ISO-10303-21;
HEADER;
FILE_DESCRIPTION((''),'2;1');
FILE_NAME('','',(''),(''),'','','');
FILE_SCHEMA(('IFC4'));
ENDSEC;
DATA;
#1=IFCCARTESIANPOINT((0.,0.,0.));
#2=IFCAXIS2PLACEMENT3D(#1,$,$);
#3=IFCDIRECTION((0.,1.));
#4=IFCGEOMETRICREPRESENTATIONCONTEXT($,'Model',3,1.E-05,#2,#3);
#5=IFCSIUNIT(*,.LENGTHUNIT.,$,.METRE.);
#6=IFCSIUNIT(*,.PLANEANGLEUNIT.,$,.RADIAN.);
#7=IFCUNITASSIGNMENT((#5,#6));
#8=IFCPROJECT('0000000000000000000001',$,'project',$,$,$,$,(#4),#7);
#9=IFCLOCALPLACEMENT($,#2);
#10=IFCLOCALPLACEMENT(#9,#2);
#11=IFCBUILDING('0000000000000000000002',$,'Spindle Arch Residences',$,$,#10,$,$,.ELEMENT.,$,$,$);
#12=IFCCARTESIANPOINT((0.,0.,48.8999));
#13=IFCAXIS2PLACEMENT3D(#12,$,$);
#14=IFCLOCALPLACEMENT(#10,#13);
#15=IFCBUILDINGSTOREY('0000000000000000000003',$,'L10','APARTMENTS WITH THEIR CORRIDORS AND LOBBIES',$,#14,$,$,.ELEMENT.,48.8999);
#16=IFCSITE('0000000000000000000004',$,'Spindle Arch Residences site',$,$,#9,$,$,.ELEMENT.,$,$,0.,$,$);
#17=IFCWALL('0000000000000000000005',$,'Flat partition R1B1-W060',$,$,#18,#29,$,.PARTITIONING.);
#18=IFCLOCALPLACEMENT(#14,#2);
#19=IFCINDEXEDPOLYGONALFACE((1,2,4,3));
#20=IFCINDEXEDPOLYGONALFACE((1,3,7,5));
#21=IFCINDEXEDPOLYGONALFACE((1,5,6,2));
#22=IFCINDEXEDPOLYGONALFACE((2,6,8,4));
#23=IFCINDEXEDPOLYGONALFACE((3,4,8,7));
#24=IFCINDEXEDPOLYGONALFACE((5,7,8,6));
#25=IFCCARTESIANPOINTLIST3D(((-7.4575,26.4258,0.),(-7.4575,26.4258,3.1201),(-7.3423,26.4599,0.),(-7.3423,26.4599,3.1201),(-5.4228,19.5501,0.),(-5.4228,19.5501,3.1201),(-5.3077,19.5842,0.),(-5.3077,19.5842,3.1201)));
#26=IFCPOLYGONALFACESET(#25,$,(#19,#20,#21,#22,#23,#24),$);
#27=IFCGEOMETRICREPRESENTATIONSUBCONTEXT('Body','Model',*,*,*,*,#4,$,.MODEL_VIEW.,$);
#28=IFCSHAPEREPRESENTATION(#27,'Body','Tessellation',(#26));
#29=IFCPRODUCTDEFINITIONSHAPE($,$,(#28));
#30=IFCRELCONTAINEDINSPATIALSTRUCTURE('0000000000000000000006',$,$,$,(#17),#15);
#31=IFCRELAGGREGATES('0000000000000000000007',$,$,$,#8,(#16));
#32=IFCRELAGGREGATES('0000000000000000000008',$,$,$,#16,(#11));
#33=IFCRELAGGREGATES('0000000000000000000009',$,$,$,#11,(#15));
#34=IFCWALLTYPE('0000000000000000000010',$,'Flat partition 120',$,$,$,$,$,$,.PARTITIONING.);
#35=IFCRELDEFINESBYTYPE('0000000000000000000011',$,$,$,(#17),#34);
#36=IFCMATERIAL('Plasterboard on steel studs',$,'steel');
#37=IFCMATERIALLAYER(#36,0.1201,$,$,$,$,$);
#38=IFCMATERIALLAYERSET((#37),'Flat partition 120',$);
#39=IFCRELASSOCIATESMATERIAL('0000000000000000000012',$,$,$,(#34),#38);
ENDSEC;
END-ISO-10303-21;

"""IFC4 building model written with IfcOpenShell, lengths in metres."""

from ifc_helpers import new_model, si_unit, direction, frame, frame_2d, origin, place, context, subcontext, project, spatial, rectangle, extrude, material, layer, layer_set, type_object, element, save


model = new_model("IFC4")

# Units and contexts
model_context = context("Model", 3, precision=1e-05, world=origin(), true_north=direction((0.0, 1.0)))
body_context = subcontext(model_context, "Body", "Model", "MODEL_VIEW")
ifc_project = project(units=[si_unit("LENGTHUNIT", "METRE"), si_unit("PLANEANGLEUNIT", "RADIAN")], contexts=[model_context])

# Site, building, storey
site_placement = place(None, origin())
site = spatial("IfcSite", under=ifc_project, at=site_placement, Name="Spindle Arch Residences site", CompositionType="ELEMENT", RefElevation=0.0)
building_placement = place(site_placement, origin())
building = spatial("IfcBuilding", under=site, at=building_placement, Name="Spindle Arch Residences", CompositionType="ELEMENT")
storey_placement = place(building_placement, frame((0.0, 0.0, 48.8999)))
storey = spatial("IfcBuildingStorey", under=building, at=storey_placement, Name="L10", Description="APARTMENTS WITH THEIR CORRIDORS AND LOBBIES", CompositionType="ELEMENT", Elevation=48.8999)

# Shared definitions
ifc_material_1 = material(Name="Plasterboard on steel studs", Category="steel")
ifc_layer_1 = layer(ifc_material_1, 0.1201)
ifc_layer_set_1 = layer_set([ifc_layer_1], Name="Flat partition 120")
wall_type_1 = type_object("IfcWallType", Name="Flat partition 120", PredefinedType="PARTITIONING", material=ifc_layer_set_1)

# Wall
wall_1_placement = place(storey_placement, frame((-7.3999, 26.4429, 0.0), z_axis=(0.0, 0.0, 1.0), x_axis=(0.283757, -0.958896, 0.0)))
element("IfcWall", 1, at=wall_1_placement, inside=storey, type_object=wall_type_1, Name="Flat partition R1B1-W060", PredefinedType="PARTITIONING", context=body_context, shape_type="SweptSolid", body=[
    extrude(rectangle(XDim=7.1704, YDim=0.1201, at=frame_2d((3.5852, 0.0))), origin(), (0.0, 0.0, 1.0), 3.1201),
])

save(model, "model.ifc")
